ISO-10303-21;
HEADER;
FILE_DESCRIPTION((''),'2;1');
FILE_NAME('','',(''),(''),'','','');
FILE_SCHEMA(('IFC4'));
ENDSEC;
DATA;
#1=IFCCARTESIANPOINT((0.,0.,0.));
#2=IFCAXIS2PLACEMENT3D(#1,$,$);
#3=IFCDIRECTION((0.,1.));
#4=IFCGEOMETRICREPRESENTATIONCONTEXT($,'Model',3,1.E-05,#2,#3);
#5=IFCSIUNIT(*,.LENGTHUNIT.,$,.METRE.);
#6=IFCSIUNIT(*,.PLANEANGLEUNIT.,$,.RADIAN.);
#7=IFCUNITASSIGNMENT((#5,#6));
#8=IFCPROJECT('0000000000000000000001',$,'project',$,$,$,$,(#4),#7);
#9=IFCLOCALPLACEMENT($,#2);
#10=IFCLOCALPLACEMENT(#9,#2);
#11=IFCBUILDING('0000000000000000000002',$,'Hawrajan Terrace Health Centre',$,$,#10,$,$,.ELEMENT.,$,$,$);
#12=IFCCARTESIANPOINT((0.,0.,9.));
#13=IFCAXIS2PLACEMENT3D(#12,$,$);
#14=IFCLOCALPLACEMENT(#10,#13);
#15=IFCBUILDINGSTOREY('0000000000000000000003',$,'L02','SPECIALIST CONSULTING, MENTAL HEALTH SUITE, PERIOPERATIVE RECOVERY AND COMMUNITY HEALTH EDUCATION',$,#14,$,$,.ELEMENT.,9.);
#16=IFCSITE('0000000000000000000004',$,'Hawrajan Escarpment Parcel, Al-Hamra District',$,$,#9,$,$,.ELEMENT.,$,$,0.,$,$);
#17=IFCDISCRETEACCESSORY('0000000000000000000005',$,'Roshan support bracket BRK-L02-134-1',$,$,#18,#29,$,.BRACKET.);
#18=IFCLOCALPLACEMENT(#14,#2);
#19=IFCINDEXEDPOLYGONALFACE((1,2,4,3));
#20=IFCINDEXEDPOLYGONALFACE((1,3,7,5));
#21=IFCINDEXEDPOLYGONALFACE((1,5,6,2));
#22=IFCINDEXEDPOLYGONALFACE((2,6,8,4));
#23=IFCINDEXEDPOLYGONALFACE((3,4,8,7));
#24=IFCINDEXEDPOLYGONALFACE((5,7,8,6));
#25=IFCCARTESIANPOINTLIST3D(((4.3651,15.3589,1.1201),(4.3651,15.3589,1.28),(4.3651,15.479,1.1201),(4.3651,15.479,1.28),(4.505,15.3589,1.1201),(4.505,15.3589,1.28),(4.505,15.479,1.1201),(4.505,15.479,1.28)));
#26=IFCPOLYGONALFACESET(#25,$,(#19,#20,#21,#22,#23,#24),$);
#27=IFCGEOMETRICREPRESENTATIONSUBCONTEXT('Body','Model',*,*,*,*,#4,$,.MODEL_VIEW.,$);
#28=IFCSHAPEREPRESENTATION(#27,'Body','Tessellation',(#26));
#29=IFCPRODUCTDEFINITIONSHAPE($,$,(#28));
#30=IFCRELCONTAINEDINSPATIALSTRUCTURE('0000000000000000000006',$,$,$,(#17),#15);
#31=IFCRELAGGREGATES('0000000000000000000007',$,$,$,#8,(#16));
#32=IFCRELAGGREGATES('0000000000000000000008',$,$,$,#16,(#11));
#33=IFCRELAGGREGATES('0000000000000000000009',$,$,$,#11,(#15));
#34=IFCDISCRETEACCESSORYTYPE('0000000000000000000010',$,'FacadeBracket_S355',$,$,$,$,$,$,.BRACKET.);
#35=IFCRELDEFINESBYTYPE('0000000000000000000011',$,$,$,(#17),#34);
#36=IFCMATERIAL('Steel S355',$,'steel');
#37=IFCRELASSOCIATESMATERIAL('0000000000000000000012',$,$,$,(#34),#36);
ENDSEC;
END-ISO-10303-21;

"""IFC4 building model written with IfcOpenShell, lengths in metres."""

from ifc_helpers import new_model, si_unit, direction, frame, origin, origin_2d, place, context, subcontext, project, spatial, rectangle, extrude, material, type_object, element, save


model = new_model("IFC4")

# Units and contexts
model_context = context("Model", 3, precision=1e-05, world=origin(), true_north=direction((0.0, 1.0)))
body_context = subcontext(model_context, "Body", "Model", "MODEL_VIEW")
ifc_project = project(units=[si_unit("LENGTHUNIT", "METRE"), si_unit("PLANEANGLEUNIT", "RADIAN")], contexts=[model_context])

# Site, building, storey
site_placement = place(None, origin())
site = spatial("IfcSite", under=ifc_project, at=site_placement, Name="Hawrajan Escarpment Parcel, Al-Hamra District", CompositionType="ELEMENT", RefElevation=0.0)
building_placement = place(site_placement, origin())
building = spatial("IfcBuilding", under=site, at=building_placement, Name="Hawrajan Terrace Health Centre", CompositionType="ELEMENT")
storey_placement = place(building_placement, frame((0.0, 0.0, 9.0)))
storey = spatial("IfcBuildingStorey", under=building, at=storey_placement, Name="L02", Description="SPECIALIST CONSULTING, MENTAL HEALTH SUITE, PERIOPERATIVE RECOVERY AND COMMUNITY HEALTH EDUCATION", CompositionType="ELEMENT", Elevation=9.0)

# Discrete accessory
ifc_material_1 = material(Name="Steel S355", Category="steel")
discrete_accessory_type = type_object("IfcDiscreteAccessoryType", Name="FacadeBracket_S355", PredefinedType="BRACKET", material=ifc_material_1)
discrete_accessory_placement = place(storey_placement, frame((4.4351, 15.4189, 1.1201), z_axis=(0.0, 0.0, 1.0), x_axis=(0.0, 1.0, 0.0)))
element("IfcDiscreteAccessory", 1, at=discrete_accessory_placement, inside=storey, type_object=discrete_accessory_type, Name="Roshan support bracket BRK-L02-134-1", PredefinedType="BRACKET", context=body_context, shape_type="SweptSolid", body=[
    extrude(rectangle(XDim=0.1201, YDim=0.1399, at=origin_2d()), origin(), (0.0, 0.0, 1.0), 0.1599),
])

save(model, "model.ifc")
